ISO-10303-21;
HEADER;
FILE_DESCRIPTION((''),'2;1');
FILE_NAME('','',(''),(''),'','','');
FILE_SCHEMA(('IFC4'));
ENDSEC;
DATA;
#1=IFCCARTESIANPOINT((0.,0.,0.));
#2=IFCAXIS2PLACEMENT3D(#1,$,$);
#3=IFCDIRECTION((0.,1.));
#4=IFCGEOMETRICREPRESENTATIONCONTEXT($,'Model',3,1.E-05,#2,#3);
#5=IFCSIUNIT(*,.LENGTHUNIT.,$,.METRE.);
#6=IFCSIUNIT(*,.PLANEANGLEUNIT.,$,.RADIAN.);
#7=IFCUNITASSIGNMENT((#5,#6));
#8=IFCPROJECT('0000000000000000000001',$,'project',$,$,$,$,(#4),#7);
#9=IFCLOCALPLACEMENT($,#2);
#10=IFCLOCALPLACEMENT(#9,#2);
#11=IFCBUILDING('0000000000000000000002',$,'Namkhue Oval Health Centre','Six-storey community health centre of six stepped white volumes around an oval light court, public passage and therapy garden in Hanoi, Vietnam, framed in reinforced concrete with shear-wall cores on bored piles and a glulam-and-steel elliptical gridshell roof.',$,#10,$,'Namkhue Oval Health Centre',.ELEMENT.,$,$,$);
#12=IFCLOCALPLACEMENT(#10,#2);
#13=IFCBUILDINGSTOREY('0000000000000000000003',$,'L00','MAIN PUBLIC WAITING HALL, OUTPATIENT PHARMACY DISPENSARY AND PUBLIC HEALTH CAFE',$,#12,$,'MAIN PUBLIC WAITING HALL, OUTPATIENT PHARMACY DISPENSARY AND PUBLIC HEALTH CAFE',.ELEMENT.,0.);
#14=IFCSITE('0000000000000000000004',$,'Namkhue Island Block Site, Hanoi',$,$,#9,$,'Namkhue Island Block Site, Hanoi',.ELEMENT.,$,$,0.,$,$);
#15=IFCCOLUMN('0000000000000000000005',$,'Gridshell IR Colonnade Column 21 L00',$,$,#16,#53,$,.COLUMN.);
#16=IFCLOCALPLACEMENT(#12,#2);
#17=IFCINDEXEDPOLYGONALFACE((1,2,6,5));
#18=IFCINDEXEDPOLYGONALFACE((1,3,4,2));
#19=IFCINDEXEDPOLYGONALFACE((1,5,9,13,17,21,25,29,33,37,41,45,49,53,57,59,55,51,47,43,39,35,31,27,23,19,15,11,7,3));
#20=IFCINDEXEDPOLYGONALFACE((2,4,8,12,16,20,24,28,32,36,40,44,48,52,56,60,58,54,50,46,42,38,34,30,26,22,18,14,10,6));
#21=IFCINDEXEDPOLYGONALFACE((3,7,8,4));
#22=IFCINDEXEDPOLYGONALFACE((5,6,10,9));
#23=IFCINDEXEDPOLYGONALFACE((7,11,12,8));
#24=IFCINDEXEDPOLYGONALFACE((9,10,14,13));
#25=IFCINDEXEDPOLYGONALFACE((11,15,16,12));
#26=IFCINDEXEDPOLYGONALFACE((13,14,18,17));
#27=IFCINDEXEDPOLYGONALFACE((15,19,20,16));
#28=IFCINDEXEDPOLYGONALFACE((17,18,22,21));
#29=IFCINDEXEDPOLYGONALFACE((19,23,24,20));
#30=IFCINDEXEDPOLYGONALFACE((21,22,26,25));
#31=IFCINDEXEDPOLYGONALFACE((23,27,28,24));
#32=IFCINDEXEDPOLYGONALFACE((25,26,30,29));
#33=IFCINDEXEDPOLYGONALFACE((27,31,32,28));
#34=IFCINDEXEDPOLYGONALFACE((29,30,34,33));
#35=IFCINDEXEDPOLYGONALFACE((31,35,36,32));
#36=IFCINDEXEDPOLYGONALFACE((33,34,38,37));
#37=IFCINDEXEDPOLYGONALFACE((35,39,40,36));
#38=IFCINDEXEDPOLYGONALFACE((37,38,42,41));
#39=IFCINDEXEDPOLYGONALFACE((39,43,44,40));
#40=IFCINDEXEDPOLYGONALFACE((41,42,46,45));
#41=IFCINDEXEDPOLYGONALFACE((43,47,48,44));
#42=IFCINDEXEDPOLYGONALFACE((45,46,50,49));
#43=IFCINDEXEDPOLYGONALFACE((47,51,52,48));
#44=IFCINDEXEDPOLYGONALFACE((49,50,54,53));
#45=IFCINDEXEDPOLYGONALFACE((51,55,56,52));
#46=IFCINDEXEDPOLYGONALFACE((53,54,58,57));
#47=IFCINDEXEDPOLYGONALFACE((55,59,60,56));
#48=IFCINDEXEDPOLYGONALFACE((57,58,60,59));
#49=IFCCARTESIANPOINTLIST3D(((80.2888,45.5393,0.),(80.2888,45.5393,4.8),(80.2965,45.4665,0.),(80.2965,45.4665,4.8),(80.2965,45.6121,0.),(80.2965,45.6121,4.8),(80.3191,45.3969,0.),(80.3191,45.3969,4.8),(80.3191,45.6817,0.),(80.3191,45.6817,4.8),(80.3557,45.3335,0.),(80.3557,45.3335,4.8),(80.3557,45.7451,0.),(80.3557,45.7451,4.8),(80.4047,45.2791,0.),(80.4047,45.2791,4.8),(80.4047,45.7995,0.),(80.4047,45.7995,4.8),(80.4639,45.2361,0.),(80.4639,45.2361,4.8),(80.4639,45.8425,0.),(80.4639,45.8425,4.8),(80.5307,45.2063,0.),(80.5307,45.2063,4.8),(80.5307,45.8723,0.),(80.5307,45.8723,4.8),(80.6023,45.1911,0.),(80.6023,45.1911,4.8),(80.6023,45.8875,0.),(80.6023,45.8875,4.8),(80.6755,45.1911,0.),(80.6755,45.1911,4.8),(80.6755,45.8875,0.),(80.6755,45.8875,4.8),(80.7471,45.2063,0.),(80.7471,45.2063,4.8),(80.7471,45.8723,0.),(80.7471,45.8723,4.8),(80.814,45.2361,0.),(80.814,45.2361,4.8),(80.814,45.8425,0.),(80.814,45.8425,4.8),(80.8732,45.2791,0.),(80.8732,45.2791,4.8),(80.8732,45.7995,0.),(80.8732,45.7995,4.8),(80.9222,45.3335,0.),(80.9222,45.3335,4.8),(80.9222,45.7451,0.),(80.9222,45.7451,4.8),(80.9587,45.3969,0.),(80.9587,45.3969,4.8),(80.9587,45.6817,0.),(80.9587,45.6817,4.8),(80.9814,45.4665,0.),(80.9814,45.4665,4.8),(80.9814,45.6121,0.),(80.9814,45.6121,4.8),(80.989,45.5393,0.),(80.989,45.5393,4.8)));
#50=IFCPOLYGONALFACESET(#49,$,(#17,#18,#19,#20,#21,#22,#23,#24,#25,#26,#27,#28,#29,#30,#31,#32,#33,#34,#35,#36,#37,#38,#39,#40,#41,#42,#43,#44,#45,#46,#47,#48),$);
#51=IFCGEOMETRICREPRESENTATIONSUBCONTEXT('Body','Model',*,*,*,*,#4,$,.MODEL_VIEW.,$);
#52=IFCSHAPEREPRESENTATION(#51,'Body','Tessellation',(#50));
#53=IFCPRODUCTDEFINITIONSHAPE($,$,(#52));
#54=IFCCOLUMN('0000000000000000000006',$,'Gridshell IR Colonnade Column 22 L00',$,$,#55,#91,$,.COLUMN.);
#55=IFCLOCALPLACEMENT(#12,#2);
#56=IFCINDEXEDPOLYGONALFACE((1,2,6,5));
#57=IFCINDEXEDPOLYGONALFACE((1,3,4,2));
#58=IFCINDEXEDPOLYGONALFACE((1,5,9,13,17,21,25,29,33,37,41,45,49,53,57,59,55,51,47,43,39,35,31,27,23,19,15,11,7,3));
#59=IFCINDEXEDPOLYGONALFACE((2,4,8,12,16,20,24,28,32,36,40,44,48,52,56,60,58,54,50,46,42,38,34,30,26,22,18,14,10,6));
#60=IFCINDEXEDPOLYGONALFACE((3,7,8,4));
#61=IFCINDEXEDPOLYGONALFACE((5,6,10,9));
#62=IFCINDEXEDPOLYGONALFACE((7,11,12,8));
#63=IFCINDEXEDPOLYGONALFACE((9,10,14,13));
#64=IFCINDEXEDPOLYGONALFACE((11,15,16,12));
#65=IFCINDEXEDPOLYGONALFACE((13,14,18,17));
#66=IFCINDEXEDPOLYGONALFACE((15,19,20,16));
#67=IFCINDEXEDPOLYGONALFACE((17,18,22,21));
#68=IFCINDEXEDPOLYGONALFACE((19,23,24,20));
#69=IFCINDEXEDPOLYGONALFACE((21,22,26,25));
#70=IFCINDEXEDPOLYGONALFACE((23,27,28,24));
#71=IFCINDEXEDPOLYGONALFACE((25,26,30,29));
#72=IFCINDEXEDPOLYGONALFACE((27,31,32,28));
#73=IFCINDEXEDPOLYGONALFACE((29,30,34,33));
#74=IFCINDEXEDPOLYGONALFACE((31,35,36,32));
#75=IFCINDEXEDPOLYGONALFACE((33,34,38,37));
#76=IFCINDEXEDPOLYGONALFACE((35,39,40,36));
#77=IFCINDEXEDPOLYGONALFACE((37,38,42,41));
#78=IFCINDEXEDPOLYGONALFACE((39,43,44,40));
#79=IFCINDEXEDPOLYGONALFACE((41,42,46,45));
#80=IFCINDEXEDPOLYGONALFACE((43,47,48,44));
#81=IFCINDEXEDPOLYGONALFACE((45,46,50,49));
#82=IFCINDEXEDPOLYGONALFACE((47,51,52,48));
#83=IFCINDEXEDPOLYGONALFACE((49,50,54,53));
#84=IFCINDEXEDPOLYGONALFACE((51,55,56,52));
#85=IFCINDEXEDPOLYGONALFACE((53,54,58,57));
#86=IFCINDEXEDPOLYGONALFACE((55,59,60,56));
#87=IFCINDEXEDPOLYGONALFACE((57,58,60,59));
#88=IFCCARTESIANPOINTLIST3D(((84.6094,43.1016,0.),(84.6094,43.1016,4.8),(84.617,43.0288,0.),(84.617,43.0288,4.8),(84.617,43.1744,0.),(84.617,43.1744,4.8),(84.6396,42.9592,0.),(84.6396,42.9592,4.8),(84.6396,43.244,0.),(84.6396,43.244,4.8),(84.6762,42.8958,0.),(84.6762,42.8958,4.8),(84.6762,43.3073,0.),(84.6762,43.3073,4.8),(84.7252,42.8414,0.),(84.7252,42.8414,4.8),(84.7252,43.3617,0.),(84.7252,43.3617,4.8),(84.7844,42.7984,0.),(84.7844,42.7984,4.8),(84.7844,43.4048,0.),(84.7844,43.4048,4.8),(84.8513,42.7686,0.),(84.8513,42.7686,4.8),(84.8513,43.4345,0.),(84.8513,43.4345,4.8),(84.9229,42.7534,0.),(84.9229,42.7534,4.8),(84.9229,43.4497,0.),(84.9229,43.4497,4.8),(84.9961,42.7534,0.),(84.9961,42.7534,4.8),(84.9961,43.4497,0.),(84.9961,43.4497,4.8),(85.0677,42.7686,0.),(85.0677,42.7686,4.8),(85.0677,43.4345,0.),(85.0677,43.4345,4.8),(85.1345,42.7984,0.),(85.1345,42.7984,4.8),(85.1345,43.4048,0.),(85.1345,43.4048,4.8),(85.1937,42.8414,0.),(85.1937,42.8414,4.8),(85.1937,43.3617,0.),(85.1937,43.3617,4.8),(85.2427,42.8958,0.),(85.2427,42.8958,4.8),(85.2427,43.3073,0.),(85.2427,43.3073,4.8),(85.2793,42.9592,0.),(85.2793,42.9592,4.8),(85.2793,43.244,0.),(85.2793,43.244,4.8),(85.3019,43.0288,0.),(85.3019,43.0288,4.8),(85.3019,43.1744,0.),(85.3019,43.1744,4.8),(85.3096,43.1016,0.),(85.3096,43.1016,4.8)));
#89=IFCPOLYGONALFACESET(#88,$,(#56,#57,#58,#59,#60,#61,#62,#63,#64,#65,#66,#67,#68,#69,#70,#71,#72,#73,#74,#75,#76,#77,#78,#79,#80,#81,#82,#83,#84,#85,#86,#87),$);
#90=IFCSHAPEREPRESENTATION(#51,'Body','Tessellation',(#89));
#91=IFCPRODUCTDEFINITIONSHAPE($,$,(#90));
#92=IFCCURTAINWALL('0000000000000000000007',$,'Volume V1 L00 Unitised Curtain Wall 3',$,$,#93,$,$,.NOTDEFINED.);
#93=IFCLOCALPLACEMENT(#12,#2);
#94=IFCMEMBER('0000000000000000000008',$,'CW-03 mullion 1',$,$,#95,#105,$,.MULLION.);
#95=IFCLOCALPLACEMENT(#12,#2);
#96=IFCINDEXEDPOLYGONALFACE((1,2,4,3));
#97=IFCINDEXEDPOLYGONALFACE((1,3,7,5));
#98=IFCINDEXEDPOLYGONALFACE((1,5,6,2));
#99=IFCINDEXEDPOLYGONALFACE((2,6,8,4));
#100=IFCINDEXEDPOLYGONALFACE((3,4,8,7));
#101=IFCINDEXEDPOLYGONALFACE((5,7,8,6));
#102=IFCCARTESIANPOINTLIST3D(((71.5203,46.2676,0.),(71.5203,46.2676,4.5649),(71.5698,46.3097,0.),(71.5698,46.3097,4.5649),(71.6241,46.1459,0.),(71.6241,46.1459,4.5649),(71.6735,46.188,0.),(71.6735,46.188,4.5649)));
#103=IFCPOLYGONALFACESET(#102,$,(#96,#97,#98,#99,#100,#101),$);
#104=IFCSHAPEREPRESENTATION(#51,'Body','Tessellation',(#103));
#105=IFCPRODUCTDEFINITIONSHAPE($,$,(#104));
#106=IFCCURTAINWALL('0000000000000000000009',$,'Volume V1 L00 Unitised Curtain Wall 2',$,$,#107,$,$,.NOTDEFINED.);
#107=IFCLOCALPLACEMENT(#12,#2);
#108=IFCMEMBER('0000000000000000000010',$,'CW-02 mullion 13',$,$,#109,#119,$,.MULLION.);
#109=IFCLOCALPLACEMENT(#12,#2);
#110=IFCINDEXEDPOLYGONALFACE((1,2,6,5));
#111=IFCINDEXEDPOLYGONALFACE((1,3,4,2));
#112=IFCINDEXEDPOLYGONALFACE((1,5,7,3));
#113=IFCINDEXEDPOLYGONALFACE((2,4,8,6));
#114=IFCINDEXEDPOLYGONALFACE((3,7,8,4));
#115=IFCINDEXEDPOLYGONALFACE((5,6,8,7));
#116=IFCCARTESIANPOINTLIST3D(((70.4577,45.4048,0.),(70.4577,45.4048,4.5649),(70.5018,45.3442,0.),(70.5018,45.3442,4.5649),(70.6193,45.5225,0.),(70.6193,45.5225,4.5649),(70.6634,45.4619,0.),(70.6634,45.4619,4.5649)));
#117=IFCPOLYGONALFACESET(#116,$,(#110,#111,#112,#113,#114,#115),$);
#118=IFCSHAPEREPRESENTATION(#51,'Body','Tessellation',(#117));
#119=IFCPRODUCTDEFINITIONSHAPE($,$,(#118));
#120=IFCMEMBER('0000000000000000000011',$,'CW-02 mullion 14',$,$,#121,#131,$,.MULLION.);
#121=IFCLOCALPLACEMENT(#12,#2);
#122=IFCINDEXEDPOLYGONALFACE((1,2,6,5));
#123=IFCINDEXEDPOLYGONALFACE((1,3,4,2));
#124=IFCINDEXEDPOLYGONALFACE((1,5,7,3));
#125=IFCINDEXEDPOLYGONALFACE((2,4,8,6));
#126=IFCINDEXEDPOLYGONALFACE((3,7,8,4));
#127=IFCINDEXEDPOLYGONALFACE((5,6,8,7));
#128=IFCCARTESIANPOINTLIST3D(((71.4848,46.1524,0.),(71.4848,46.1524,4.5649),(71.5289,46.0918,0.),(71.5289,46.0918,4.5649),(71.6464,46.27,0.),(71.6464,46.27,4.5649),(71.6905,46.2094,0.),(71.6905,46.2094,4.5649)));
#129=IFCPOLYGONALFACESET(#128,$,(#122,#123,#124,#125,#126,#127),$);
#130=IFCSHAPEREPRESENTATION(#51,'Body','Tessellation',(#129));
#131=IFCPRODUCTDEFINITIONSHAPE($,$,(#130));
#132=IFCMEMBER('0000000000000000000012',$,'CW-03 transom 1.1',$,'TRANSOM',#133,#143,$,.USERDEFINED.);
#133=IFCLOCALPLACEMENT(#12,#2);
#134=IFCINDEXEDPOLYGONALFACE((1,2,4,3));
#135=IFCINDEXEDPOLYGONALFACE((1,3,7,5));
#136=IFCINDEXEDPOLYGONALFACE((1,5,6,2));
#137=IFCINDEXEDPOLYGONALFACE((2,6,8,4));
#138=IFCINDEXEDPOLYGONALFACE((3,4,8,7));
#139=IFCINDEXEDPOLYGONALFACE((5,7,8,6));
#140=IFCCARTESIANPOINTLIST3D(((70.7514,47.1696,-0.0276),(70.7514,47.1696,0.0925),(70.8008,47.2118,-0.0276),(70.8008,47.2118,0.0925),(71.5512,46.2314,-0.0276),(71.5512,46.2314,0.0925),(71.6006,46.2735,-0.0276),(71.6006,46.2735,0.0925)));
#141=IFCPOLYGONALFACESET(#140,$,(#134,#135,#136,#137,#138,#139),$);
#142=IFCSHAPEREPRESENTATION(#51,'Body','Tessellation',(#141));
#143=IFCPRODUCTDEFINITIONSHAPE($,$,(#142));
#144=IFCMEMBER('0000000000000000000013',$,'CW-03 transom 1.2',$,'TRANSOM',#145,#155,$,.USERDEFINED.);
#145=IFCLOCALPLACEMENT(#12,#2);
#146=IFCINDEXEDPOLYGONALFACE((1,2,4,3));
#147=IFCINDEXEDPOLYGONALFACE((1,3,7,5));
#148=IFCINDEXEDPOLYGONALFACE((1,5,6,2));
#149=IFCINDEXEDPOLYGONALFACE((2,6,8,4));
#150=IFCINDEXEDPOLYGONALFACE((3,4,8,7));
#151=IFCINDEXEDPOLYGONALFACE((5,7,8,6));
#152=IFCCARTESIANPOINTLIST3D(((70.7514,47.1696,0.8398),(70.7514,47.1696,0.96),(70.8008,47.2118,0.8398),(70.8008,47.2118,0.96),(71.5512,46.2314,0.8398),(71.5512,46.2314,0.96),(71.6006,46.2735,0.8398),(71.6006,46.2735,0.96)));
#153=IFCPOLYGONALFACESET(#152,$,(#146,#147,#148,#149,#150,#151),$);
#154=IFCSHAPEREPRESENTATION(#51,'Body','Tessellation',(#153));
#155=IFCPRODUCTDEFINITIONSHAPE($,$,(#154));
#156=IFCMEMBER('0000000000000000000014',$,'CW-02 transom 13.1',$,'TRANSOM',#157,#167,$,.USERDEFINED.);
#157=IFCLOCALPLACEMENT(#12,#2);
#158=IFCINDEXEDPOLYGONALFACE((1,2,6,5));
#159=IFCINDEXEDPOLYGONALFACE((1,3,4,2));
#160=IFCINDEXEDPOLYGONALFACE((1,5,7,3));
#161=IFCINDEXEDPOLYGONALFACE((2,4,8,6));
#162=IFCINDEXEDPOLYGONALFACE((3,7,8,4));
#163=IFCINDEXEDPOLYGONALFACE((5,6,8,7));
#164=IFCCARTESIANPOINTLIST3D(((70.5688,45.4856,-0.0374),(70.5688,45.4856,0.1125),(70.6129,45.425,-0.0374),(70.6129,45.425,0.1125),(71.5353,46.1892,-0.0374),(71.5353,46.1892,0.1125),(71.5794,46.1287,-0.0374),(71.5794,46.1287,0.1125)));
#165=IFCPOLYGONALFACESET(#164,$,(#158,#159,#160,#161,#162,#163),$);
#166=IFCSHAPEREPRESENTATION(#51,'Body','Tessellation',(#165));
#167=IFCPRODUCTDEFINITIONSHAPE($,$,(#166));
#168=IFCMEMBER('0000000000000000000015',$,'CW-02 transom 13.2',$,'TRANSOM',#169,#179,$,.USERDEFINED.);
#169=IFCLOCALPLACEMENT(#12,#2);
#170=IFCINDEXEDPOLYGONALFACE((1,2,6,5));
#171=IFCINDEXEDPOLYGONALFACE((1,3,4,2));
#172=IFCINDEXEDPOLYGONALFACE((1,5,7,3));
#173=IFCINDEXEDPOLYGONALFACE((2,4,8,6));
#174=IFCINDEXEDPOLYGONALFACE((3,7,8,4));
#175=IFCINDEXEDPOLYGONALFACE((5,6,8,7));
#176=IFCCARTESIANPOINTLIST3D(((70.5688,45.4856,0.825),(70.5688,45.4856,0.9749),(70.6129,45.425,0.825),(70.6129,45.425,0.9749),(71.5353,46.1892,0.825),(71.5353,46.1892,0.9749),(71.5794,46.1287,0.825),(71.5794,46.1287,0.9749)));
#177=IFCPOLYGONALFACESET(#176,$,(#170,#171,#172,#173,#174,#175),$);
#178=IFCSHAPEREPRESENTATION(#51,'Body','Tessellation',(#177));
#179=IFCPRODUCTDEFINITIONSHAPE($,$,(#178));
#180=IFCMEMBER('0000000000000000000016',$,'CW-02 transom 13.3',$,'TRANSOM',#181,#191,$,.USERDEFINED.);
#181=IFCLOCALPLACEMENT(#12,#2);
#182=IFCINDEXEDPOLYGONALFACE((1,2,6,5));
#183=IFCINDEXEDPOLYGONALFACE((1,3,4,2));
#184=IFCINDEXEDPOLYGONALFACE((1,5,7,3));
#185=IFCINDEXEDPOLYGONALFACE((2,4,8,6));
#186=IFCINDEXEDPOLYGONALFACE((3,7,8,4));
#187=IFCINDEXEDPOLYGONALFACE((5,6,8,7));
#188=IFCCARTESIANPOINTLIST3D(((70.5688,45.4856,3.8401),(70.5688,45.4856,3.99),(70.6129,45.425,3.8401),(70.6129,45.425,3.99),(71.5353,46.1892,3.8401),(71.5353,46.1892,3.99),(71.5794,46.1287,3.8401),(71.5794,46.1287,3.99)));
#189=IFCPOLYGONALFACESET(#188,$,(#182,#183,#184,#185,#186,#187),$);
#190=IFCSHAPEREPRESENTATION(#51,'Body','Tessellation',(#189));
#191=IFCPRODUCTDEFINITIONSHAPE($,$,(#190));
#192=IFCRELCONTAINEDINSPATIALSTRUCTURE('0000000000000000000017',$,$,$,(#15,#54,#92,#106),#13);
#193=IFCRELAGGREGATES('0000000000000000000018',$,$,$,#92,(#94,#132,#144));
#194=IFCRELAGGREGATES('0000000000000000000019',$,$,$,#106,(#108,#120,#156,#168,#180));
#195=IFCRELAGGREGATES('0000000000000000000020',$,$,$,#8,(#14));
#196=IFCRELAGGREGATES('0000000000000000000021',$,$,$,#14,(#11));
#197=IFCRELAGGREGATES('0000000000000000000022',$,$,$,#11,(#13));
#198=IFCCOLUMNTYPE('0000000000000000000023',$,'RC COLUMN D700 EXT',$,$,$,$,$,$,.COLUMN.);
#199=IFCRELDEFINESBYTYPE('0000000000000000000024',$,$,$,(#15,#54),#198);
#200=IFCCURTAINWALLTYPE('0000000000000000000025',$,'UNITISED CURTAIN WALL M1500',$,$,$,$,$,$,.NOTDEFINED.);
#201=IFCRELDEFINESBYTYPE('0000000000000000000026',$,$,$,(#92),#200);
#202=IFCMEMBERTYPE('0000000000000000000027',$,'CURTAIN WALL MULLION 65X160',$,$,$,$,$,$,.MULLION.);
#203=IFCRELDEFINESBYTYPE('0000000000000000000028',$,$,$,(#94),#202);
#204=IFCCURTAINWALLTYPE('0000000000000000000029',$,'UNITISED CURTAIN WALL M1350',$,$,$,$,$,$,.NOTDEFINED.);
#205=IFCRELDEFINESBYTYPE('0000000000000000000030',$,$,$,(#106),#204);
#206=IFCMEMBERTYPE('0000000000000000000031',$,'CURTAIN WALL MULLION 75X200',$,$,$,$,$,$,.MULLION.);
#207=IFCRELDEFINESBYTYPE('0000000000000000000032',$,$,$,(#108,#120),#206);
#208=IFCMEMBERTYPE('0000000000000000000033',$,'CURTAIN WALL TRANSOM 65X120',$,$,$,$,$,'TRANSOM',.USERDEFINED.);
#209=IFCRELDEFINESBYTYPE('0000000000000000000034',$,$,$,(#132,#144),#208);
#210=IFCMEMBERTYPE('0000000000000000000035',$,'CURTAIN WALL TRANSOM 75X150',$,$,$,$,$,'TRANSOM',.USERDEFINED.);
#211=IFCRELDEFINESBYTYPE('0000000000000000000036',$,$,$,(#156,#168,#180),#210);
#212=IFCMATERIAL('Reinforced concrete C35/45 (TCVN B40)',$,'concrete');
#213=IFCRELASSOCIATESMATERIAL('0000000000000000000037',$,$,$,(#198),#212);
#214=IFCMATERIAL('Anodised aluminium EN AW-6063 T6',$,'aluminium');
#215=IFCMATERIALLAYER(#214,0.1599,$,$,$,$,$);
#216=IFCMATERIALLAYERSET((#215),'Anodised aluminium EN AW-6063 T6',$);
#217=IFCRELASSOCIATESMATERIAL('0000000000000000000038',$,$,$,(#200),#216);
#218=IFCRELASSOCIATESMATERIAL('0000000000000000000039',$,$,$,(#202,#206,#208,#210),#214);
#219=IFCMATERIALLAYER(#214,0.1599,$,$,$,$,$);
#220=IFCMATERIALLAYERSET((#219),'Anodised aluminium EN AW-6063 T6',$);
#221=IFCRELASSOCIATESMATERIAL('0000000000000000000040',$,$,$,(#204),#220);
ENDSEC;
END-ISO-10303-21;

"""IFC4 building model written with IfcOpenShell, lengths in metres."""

from ifc_helpers import new_model, si_unit, direction, frame, origin, origin_2d, place, context, subcontext, project, spatial, rectangle, circle, extrude, material, layer, layer_set, material_profile, profile_set, type_object, element, aggregate, save


model = new_model("IFC4")

# Units and contexts
model_context = context("Model", 3, precision=1e-05, world=origin(), true_north=direction((0.0, 1.0)))
body_context = subcontext(model_context, "Body", "Model", "MODEL_VIEW")
ifc_project = project(units=[si_unit("LENGTHUNIT", "METRE"), si_unit("PLANEANGLEUNIT", "RADIAN")], contexts=[model_context])

# Site, building, storey
site_placement = place(None, origin())
site = spatial("IfcSite", under=ifc_project, at=site_placement, Name="Namkhue Island Block Site, Hanoi", LongName="Namkhue Island Block Site, Hanoi", CompositionType="ELEMENT", RefElevation=0.0)
building_placement = place(site_placement, origin())
building = spatial("IfcBuilding", under=site, at=building_placement, Name="Namkhue Oval Health Centre", Description="Six-storey community health centre of six stepped white volumes around an oval light court, public passage and therapy garden in Hanoi, Vietnam, framed in reinforced concrete with shear-wall cores on bored piles and a glulam-and-steel elliptical gridshell roof.", LongName="Namkhue Oval Health Centre", CompositionType="ELEMENT")
storey_placement = place(building_placement, origin())
storey = spatial("IfcBuildingStorey", under=building, at=storey_placement, Name="L00", Description="MAIN PUBLIC WAITING HALL, OUTPATIENT PHARMACY DISPENSARY AND PUBLIC HEALTH CAFE", LongName="MAIN PUBLIC WAITING HALL, OUTPATIENT PHARMACY DISPENSARY AND PUBLIC HEALTH CAFE", CompositionType="ELEMENT", Elevation=0.0)

# Columns
ifc_material_1 = material(Name="Reinforced concrete C35/45 (TCVN B40)", Category="concrete")
ifc_material_profile_1 = material_profile(ifc_material_1, circle(Radius=0.3501, at=origin_2d()), Name="RC D700")
ifc_profile_set_1 = profile_set([ifc_material_profile_1], Name="Reinforced concrete C35/45 (TCVN B40)")
column_type = type_object("IfcColumnType", Name="RC COLUMN D700 EXT", PredefinedType="COLUMN", material=ifc_profile_set_1)
for number, where, z_axis, x_axis, name in (
    (1, (80.6389, 45.5393, 0.0), (0.0, 0.0, 1.0), (1.0, 0.0, 0.0), "Gridshell IR Colonnade Column 21 L00"),
    (2, (84.9595, 43.1016, 0.0), (0.0, 0.0, 1.0), (1.0, 0.0, 0.0), "Gridshell IR Colonnade Column 22 L00"),
):
    element("IfcColumn", number, at=place(storey_placement, frame(where, z_axis=z_axis, x_axis=x_axis)), inside=storey, type_object=column_type, Name=name, PredefinedType="COLUMN", context=body_context, shape_type="SweptSolid", body=[
        extrude(circle(Radius=0.3501, at=origin_2d()), origin(), (0.0, 0.0, 1.0), 4.8),
    ])

# Curtain wall, member
ifc_material_2 = material(Name="Anodised aluminium EN AW-6063 T6", Category="aluminium")
ifc_layer_1 = layer(ifc_material_2, 0.1599)
ifc_layer_set_1 = layer_set([ifc_layer_1], Name="Anodised aluminium EN AW-6063 T6")
curtain_wall_type_1 = type_object("IfcCurtainWallType", Name="UNITISED CURTAIN WALL M1500", PredefinedType="NOTDEFINED", material=ifc_layer_set_1)
curtain_wall_1_placement = place(storey_placement, origin())
curtain_wall_1 = element("IfcCurtainWall", 3, at=curtain_wall_1_placement, inside=storey, type_object=curtain_wall_type_1, Name="Volume V1 L00 Unitised Curtain Wall 3", PredefinedType="NOTDEFINED")
ifc_material_profile_2 = material_profile(ifc_material_2, rectangle(XDim=0.0649, YDim=0.1599, at=origin_2d()), Name="ALU 65x160")
ifc_profile_set_2 = profile_set([ifc_material_profile_2], Name="Anodised aluminium EN AW-6063 T6")
member_type_1 = type_object("IfcMemberType", Name="CURTAIN WALL MULLION 65X160", PredefinedType="MULLION", material=ifc_profile_set_2)
member_1_placement = place(storey_placement, frame((71.5969, 46.2278, 0.0), z_axis=(0.0, 0.0, 1.0), x_axis=(-0.761005, -0.648746, 0.0)))
member_1 = element("IfcMember", 4, at=member_1_placement, type_object=member_type_1, Name="CW-03 mullion 1", PredefinedType="MULLION", context=body_context, shape_type="SweptSolid", body=[
    extrude(rectangle(XDim=0.0649, YDim=0.1599, at=origin_2d()), origin(), (0.0, 0.0, 1.0), 4.5649),
])

# Curtain wall, members
ifc_layer_2 = layer(ifc_material_2, 0.1599)
ifc_layer_set_2 = layer_set([ifc_layer_2], Name="Anodised aluminium EN AW-6063 T6")
curtain_wall_type_2 = type_object("IfcCurtainWallType", Name="UNITISED CURTAIN WALL M1350", PredefinedType="NOTDEFINED", material=ifc_layer_set_2)
curtain_wall_2_placement = place(storey_placement, origin())
curtain_wall_2 = element("IfcCurtainWall", 5, at=curtain_wall_2_placement, inside=storey, type_object=curtain_wall_type_2, Name="Volume V1 L00 Unitised Curtain Wall 2", PredefinedType="NOTDEFINED")
ifc_material_profile_3 = material_profile(ifc_material_2, rectangle(XDim=0.075, YDim=0.2, at=origin_2d()), Name="ALU 75x200")
ifc_profile_set_3 = profile_set([ifc_material_profile_3], Name="Anodised aluminium EN AW-6063 T6")
member_type_2 = type_object("IfcMemberType", Name="CURTAIN WALL MULLION 75X200", PredefinedType="MULLION", material=ifc_profile_set_3)
member_2_placement = place(storey_placement, frame((70.5605, 45.4333, 0.0), z_axis=(0.0, 0.0, 1.0), x_axis=(-0.588477, 0.808514, 0.0)))
member_2 = element("IfcMember", 6, at=member_2_placement, type_object=member_type_2, Name="CW-02 mullion 13", PredefinedType="MULLION", context=body_context, shape_type="SweptSolid", body=[
    extrude(rectangle(XDim=0.075, YDim=0.2, at=origin_2d()), origin(), (0.0, 0.0, 1.0), 4.5649),
])
member_3_placement = place(storey_placement, frame((71.5876, 46.1809, 0.0), z_axis=(0.0, 0.0, 1.0), x_axis=(-0.588477, 0.808514, 0.0)))
member_3 = element("IfcMember", 7, at=member_3_placement, type_object=member_type_2, Name="CW-02 mullion 14", PredefinedType="MULLION", context=body_context, shape_type="SweptSolid", body=[
    extrude(rectangle(XDim=0.075, YDim=0.2, at=origin_2d()), origin(), (0.0, 0.0, 1.0), 4.5649),
])

# Members
ifc_material_profile_4 = material_profile(ifc_material_2, rectangle(XDim=0.0649, YDim=0.1201, at=origin_2d()), Name="ALU 65x120")
ifc_profile_set_4 = profile_set([ifc_material_profile_4], Name="Anodised aluminium EN AW-6063 T6")
member_type_3 = type_object("IfcMemberType", Name="CURTAIN WALL TRANSOM 65X120", ElementType="TRANSOM", PredefinedType="USERDEFINED", material=ifc_profile_set_4)
member_4_placement = place(storey_placement, frame((71.5759, 46.2524, 0.0325), z_axis=(-0.648734, 0.761015, 0.0), x_axis=(-0.761015, -0.648734, 0.0)))
member_4 = element("IfcMember", 8, at=member_4_placement, type_object=member_type_3, Name="CW-03 transom 1.1", ObjectType="TRANSOM", PredefinedType="USERDEFINED", context=body_context, shape_type="SweptSolid", body=[
    extrude(rectangle(XDim=0.0649, YDim=0.1201, at=origin_2d()), origin(), (0.0, 0.0, 1.0), 1.2329),
])
member_5_placement = place(storey_placement, frame((71.5759, 46.2524, 0.8999), z_axis=(-0.648734, 0.761015, 0.0), x_axis=(-0.761015, -0.648734, 0.0)))
member_5 = element("IfcMember", 9, at=member_5_placement, type_object=member_type_3, Name="CW-03 transom 1.2", ObjectType="TRANSOM", PredefinedType="USERDEFINED", context=body_context, shape_type="SweptSolid", body=[
    extrude(rectangle(XDim=0.0649, YDim=0.1201, at=origin_2d()), origin(), (0.0, 0.0, 1.0), 1.2329),
])
aggregate(curtain_wall_1, [member_1, member_4, member_5])
ifc_material_profile_5 = material_profile(ifc_material_2, rectangle(XDim=0.075, YDim=0.1499, at=origin_2d()), Name="ALU 75x150")
ifc_profile_set_5 = profile_set([ifc_material_profile_5], Name="Anodised aluminium EN AW-6063 T6")
member_type_4 = type_object("IfcMemberType", Name="CURTAIN WALL TRANSOM 75X150", ElementType="TRANSOM", PredefinedType="USERDEFINED", material=ifc_profile_set_5)
member_6_placement = place(storey_placement, frame((70.5908, 45.4553, 0.0376), z_axis=(0.808471, 0.588536, 0.0), x_axis=(-0.588536, 0.808471, 0.0)))
member_6 = element("IfcMember", 10, at=member_6_placement, type_object=member_type_4, Name="CW-02 transom 13.1", ObjectType="TRANSOM", PredefinedType="USERDEFINED", context=body_context, shape_type="SweptSolid", body=[
    extrude(rectangle(XDim=0.075, YDim=0.1499, at=origin_2d()), origin(), (0.0, 0.0, 1.0), 1.1956),
])
member_7_placement = place(storey_placement, frame((70.5908, 45.4553, 0.8999), z_axis=(0.808471, 0.588536, 0.0), x_axis=(-0.588536, 0.808471, 0.0)))
member_7 = element("IfcMember", 11, at=member_7_placement, type_object=member_type_4, Name="CW-02 transom 13.2", ObjectType="TRANSOM", PredefinedType="USERDEFINED", context=body_context, shape_type="SweptSolid", body=[
    extrude(rectangle(XDim=0.075, YDim=0.1499, at=origin_2d()), origin(), (0.0, 0.0, 1.0), 1.1956),
])
member_8_placement = place(storey_placement, frame((70.5908, 45.4553, 3.915), z_axis=(0.808471, 0.588536, 0.0), x_axis=(-0.588536, 0.808471, 0.0)))
member_8 = element("IfcMember", 12, at=member_8_placement, type_object=member_type_4, Name="CW-02 transom 13.3", ObjectType="TRANSOM", PredefinedType="USERDEFINED", context=body_context, shape_type="SweptSolid", body=[
    extrude(rectangle(XDim=0.075, YDim=0.1499, at=origin_2d()), origin(), (0.0, 0.0, 1.0), 1.1956),
])

aggregate(curtain_wall_2, [member_2, member_3, member_6, member_7, member_8])

save(model, "model.ifc")
